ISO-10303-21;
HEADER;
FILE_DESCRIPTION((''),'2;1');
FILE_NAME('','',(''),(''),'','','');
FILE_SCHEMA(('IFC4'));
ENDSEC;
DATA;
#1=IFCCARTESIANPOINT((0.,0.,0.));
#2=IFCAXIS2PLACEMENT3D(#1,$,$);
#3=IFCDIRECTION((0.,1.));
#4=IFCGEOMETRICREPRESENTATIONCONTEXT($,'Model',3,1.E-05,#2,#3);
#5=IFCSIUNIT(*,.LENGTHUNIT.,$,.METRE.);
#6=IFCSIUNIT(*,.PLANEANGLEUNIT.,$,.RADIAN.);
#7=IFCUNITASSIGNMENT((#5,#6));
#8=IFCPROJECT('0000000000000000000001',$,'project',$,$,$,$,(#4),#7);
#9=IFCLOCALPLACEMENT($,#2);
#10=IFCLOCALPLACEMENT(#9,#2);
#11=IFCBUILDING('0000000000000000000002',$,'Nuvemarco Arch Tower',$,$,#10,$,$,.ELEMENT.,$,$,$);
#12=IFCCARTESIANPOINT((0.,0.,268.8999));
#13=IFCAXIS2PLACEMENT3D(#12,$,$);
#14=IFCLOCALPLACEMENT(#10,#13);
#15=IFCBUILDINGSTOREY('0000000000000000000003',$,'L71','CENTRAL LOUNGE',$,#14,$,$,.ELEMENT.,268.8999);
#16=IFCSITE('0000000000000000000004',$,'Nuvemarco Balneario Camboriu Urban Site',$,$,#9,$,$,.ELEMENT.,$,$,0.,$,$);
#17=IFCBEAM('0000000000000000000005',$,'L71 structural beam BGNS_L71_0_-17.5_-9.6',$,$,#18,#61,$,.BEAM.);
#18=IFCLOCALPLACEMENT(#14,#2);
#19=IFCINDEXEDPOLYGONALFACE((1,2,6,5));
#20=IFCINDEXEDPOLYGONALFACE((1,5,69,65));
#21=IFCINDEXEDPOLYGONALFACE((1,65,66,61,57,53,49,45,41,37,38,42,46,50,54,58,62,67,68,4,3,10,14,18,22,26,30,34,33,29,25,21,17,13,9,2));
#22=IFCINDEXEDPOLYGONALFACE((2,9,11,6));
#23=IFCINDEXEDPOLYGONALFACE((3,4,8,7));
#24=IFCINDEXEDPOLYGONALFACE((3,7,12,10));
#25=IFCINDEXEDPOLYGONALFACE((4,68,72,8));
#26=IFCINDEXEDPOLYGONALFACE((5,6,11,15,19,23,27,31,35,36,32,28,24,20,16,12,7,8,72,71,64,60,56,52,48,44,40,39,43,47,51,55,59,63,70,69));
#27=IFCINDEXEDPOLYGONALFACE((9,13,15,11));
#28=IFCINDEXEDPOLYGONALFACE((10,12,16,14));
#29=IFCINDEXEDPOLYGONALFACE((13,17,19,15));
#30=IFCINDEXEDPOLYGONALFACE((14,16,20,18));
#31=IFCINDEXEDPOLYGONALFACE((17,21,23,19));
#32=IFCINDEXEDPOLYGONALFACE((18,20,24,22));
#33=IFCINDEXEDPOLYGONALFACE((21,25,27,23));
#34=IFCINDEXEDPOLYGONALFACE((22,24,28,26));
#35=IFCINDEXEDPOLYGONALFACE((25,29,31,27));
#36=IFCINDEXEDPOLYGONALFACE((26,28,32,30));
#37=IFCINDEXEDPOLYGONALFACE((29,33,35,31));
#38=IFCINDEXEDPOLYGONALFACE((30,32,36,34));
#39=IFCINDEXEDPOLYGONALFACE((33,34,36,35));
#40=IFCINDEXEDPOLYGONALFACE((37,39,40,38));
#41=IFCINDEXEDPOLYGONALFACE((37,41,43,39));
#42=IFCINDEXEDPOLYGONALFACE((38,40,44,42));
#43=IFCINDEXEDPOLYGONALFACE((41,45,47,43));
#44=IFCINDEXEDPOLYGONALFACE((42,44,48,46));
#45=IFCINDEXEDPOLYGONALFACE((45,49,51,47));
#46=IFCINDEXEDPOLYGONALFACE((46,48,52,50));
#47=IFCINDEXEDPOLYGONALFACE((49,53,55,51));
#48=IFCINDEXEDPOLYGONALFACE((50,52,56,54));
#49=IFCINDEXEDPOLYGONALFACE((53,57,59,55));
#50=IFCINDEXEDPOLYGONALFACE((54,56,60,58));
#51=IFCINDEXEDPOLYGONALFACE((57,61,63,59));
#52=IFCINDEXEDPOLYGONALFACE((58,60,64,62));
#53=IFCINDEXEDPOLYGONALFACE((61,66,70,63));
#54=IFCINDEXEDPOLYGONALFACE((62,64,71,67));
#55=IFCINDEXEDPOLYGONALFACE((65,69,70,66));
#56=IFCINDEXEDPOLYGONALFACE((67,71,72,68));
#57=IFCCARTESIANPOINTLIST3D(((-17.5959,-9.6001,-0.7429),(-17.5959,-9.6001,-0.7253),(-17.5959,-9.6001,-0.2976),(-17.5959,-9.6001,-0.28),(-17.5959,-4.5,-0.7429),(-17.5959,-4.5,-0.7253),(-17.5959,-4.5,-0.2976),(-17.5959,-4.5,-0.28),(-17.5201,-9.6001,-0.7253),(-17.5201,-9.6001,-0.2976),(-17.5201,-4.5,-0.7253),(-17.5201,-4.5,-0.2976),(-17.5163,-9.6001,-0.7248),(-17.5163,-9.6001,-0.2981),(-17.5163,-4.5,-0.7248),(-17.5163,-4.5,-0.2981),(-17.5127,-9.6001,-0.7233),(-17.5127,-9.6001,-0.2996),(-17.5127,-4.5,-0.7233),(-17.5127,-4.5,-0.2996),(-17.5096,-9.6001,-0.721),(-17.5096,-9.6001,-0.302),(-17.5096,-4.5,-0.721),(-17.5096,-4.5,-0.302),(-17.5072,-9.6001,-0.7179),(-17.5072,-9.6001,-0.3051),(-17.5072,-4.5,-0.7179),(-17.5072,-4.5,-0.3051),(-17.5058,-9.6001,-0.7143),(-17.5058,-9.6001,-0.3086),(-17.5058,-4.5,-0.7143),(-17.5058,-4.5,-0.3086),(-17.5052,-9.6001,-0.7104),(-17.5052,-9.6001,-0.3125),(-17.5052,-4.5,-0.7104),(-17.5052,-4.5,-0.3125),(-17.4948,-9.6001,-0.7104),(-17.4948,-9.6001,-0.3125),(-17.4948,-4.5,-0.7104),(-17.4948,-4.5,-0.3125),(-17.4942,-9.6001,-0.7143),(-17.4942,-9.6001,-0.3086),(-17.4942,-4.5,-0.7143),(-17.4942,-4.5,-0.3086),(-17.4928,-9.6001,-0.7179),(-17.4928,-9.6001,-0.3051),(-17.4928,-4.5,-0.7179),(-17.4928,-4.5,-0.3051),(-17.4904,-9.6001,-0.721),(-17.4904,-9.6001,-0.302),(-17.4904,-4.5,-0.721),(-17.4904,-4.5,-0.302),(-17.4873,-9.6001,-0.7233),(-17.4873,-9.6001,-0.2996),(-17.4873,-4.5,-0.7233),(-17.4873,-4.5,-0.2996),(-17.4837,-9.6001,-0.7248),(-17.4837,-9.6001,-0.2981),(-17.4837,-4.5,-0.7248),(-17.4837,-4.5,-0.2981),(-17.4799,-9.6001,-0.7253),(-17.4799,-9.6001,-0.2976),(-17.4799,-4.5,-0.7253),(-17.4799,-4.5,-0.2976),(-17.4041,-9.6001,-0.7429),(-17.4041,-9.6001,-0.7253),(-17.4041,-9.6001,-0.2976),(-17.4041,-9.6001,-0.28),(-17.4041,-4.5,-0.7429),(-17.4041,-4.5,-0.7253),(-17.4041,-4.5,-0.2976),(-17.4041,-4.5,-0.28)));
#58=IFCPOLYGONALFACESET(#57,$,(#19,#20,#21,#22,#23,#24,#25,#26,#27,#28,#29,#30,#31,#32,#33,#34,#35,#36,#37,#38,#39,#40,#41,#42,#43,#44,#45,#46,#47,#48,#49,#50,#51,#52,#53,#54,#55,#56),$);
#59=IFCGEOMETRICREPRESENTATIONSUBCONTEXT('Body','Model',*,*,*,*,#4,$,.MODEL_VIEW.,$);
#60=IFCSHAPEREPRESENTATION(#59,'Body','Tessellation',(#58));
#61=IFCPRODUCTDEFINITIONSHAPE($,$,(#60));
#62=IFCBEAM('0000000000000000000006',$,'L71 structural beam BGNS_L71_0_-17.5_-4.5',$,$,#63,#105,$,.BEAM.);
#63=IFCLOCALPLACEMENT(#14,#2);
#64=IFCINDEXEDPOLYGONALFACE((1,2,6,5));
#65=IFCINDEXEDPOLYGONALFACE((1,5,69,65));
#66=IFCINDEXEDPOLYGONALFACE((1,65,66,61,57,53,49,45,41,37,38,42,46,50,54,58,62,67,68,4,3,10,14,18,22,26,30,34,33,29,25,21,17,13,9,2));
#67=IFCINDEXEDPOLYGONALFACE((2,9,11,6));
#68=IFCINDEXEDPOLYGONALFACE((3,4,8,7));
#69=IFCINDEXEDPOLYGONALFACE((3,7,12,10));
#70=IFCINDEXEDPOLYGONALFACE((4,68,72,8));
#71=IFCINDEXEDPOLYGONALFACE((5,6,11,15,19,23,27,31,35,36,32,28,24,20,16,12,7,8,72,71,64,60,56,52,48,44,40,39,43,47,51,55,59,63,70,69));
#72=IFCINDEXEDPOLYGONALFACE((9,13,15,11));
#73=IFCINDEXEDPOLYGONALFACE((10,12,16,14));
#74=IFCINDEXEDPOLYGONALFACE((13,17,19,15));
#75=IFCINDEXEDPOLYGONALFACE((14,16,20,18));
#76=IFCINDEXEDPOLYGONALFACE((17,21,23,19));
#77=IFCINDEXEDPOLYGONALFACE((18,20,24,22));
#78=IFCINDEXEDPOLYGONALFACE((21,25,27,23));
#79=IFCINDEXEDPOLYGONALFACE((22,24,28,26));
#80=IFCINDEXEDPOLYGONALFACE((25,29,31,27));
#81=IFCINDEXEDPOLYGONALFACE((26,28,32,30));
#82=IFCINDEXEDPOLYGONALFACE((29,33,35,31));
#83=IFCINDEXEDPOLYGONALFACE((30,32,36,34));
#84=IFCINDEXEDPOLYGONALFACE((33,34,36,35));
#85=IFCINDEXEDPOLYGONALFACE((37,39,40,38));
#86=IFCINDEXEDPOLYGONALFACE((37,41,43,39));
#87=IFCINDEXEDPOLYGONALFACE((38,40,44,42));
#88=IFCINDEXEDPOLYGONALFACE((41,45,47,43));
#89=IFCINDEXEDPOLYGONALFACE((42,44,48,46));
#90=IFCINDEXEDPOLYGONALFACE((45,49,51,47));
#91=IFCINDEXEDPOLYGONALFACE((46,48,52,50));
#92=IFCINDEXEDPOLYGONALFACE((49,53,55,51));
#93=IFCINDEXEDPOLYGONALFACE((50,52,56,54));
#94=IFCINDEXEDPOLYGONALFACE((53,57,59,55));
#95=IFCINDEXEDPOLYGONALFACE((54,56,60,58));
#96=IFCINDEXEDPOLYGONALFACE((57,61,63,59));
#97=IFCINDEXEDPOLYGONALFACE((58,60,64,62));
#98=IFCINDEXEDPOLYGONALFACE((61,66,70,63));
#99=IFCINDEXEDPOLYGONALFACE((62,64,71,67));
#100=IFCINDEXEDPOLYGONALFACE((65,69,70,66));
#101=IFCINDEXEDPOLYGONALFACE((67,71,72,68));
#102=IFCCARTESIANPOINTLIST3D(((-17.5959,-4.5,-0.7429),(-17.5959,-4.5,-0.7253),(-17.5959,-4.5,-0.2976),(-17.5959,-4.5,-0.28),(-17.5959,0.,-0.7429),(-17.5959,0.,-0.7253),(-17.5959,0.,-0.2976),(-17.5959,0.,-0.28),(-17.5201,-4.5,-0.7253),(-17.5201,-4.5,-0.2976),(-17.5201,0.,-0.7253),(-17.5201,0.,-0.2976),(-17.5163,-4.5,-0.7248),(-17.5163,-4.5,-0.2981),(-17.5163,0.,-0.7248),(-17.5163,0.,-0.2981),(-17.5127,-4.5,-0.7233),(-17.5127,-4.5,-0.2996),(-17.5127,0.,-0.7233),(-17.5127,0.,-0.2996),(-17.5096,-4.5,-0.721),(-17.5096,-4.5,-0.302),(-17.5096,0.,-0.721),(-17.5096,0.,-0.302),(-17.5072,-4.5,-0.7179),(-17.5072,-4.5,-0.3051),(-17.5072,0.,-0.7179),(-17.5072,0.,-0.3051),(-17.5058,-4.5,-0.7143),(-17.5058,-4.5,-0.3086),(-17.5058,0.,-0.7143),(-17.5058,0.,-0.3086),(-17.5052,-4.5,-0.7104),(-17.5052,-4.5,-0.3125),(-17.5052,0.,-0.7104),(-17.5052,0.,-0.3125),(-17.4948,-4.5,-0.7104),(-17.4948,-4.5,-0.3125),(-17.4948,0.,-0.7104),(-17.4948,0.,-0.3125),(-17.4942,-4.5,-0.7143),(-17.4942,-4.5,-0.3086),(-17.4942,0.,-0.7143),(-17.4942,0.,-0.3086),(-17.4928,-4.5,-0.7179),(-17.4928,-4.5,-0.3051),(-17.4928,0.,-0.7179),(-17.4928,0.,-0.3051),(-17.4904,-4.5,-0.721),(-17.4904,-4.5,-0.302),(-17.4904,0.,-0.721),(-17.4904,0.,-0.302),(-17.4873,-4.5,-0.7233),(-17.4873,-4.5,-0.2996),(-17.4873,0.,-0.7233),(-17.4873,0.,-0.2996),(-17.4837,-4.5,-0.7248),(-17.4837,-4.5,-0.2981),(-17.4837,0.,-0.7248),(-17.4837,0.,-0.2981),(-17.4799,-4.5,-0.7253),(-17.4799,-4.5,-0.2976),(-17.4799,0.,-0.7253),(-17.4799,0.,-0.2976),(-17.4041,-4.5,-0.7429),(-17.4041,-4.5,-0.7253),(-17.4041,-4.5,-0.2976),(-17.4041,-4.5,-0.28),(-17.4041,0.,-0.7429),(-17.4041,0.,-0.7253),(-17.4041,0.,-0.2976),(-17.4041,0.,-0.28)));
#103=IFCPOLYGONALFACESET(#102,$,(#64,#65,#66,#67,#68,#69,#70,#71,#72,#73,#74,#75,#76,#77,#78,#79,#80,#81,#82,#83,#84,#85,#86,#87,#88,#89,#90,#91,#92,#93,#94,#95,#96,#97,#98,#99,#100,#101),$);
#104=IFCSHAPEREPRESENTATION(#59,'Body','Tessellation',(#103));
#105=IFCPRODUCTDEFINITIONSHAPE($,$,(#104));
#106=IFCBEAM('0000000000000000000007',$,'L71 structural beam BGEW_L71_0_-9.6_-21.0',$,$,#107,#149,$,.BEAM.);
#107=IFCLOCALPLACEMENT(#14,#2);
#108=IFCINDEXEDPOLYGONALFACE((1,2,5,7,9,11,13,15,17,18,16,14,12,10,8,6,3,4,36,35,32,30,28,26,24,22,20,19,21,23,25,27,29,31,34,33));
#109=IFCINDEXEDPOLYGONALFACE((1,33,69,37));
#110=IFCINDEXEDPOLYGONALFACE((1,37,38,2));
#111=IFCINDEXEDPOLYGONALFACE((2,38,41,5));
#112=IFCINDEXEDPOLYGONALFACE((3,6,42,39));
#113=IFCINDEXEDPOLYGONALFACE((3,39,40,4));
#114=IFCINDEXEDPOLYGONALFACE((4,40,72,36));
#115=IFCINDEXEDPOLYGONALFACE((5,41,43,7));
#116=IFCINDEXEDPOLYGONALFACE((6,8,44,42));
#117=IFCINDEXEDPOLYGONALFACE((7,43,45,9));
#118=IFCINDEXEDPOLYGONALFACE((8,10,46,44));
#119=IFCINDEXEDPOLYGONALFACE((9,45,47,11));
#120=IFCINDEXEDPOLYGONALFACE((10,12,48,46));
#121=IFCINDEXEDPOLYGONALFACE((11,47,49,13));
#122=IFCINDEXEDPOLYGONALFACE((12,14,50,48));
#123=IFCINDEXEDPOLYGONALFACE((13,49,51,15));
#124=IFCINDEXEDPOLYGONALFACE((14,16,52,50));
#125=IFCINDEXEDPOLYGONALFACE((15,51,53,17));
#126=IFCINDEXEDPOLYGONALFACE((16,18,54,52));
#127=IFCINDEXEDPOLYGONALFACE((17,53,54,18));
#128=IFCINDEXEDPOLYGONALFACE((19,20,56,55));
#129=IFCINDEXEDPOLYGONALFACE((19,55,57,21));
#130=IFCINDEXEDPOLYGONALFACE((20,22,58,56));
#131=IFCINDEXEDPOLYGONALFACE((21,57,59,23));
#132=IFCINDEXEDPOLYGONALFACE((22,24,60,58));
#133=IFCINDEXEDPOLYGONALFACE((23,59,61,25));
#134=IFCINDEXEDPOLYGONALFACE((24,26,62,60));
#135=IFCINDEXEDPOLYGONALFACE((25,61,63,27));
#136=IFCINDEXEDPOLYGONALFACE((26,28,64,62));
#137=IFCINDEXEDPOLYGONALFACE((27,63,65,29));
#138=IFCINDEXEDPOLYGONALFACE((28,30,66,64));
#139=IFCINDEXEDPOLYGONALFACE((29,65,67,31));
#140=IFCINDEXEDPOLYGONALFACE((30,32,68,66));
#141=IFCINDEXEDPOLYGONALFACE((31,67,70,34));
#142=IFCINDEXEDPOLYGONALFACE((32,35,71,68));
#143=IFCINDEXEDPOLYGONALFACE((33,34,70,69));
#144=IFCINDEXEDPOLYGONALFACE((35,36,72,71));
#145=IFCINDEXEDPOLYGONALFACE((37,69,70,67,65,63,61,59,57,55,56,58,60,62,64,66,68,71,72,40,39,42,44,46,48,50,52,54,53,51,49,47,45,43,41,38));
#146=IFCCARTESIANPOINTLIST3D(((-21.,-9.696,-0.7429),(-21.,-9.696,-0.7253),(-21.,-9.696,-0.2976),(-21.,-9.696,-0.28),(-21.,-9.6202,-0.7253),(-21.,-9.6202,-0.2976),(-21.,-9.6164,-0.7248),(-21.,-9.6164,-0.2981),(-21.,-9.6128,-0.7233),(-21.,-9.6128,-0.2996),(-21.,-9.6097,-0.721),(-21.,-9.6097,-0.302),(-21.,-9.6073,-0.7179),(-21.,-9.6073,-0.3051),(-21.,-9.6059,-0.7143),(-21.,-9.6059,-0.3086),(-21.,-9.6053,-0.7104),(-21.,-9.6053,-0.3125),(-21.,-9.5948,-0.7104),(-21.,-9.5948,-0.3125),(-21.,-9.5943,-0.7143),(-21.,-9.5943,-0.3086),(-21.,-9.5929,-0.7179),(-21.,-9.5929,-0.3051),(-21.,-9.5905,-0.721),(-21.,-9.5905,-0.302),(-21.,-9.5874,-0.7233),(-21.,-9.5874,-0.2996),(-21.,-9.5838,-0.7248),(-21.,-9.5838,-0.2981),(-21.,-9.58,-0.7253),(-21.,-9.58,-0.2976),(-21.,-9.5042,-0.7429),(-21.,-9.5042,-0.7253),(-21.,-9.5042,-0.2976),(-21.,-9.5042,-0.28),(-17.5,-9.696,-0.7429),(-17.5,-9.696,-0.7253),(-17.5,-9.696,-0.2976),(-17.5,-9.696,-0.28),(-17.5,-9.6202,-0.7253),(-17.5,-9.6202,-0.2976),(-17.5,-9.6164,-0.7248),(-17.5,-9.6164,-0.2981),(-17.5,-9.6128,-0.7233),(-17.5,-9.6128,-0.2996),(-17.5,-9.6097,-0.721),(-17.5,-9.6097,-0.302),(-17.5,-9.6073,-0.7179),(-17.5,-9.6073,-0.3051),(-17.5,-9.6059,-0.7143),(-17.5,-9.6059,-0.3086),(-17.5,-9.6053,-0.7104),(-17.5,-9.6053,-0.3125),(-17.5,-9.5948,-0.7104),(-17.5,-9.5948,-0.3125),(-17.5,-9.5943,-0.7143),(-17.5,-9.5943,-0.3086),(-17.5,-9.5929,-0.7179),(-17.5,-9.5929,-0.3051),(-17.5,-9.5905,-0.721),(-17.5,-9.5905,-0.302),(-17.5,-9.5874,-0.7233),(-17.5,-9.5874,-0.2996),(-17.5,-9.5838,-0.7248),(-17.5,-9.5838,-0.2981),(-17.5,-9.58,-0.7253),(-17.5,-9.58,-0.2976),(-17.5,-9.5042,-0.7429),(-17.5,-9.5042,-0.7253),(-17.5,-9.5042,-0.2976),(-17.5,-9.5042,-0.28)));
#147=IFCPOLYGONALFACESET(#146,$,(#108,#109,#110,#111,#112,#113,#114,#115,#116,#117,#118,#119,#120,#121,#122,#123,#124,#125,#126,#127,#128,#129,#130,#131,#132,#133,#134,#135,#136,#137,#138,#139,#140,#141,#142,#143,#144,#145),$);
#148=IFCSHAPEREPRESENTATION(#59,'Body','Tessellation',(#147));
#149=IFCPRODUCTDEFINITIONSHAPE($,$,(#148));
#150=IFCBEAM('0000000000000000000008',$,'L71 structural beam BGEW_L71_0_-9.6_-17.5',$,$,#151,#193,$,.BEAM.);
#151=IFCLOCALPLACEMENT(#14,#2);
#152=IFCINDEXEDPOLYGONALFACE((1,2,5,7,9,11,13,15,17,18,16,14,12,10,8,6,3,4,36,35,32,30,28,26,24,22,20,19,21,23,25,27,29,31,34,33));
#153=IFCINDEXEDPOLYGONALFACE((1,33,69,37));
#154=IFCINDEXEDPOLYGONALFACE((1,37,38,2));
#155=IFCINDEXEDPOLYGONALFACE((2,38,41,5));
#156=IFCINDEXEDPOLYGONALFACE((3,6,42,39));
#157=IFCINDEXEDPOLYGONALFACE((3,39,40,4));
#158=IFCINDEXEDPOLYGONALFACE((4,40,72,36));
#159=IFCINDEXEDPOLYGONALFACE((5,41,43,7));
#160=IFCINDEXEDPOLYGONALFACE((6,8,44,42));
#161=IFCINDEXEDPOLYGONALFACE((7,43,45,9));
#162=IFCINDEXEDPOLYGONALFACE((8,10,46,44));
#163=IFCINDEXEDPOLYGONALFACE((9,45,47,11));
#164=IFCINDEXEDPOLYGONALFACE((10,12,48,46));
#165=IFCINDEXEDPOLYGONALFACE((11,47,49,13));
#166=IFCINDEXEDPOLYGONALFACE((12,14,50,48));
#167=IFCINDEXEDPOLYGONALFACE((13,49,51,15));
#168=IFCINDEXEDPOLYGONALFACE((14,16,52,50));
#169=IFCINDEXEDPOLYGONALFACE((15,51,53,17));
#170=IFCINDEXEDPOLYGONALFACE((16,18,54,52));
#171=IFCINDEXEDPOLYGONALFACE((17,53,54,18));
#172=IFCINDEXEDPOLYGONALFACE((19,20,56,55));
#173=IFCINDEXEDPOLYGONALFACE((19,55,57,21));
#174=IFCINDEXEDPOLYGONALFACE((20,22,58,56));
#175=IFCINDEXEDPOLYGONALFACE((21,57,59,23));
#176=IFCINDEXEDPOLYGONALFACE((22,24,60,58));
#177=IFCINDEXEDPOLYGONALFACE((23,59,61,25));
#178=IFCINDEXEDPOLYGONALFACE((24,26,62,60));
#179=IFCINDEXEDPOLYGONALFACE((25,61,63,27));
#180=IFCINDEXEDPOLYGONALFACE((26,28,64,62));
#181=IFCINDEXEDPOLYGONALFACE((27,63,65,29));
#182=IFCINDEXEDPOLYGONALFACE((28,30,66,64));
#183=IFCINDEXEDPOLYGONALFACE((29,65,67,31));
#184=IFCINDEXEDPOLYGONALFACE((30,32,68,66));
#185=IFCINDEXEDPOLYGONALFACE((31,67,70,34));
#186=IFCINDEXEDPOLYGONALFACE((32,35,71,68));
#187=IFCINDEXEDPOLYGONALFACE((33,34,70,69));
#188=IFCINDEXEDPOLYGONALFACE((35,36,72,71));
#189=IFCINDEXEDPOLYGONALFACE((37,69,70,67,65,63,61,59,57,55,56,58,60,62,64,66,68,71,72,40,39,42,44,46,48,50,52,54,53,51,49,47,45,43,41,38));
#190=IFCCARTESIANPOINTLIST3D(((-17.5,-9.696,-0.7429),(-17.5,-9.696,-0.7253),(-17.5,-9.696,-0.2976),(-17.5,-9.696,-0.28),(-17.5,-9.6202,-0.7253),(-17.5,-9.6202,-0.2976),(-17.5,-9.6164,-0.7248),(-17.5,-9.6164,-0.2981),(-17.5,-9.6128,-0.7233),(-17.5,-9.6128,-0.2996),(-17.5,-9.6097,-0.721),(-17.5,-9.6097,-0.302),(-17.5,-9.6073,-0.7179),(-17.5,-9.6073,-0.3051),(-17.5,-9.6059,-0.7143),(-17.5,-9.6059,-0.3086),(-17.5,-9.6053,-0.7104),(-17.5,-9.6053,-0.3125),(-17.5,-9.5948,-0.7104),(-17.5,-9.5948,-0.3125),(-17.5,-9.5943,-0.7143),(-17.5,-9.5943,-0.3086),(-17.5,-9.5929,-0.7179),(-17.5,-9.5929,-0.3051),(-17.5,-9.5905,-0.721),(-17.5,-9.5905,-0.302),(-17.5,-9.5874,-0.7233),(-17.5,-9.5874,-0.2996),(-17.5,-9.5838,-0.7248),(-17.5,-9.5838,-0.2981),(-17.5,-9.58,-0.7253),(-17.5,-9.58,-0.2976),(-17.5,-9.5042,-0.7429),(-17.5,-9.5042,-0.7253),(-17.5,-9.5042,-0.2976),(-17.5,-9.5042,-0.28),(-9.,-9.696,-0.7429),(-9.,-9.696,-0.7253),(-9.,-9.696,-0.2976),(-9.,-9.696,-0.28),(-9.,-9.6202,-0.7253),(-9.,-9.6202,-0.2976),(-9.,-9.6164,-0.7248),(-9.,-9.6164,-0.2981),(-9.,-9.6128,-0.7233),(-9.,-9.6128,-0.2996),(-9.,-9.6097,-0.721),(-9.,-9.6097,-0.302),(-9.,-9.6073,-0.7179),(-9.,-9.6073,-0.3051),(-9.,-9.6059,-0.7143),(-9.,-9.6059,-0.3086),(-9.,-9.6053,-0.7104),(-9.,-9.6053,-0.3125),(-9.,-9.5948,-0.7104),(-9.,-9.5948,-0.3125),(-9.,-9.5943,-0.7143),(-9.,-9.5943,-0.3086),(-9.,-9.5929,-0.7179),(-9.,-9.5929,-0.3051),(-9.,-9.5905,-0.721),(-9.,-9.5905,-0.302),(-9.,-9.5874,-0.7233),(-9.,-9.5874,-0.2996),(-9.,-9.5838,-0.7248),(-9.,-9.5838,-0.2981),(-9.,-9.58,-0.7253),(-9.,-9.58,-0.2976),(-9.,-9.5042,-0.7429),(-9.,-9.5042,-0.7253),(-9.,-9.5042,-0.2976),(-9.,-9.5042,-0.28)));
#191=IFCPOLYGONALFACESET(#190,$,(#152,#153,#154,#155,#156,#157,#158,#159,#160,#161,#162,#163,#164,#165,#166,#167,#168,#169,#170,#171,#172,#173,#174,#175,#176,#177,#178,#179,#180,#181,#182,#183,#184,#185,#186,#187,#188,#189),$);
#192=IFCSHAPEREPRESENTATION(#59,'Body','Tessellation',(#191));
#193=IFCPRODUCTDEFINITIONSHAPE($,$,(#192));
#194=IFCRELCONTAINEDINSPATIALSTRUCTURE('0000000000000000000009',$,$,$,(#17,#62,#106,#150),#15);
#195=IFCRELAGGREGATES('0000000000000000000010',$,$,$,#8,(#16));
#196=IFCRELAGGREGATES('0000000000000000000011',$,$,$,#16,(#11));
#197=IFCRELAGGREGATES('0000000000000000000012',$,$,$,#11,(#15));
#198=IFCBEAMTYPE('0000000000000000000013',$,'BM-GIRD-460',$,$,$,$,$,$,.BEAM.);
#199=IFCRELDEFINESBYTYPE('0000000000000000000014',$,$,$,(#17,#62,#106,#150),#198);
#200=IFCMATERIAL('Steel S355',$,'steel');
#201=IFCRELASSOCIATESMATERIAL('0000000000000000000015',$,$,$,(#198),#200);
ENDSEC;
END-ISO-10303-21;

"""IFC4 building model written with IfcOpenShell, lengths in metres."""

from ifc_helpers import new_model, si_unit, direction, frame, origin, origin_2d, place, context, subcontext, project, spatial, i_section, extrude, material, material_profile, profile_set, type_object, element, save


model = new_model("IFC4")

# Units and contexts
model_context = context("Model", 3, precision=1e-05, world=origin(), true_north=direction((0.0, 1.0)))
body_context = subcontext(model_context, "Body", "Model", "MODEL_VIEW")
ifc_project = project(units=[si_unit("LENGTHUNIT", "METRE"), si_unit("PLANEANGLEUNIT", "RADIAN")], contexts=[model_context])

# Site, building, storey
site_placement = place(None, origin())
site = spatial("IfcSite", under=ifc_project, at=site_placement, Name="Nuvemarco Balneario Camboriu Urban Site", CompositionType="ELEMENT", RefElevation=0.0)
building_placement = place(site_placement, origin())
building = spatial("IfcBuilding", under=site, at=building_placement, Name="Nuvemarco Arch Tower", CompositionType="ELEMENT")
storey_placement = place(building_placement, frame((0.0, 0.0, 268.8999)))
storey = spatial("IfcBuildingStorey", under=building, at=storey_placement, Name="L71", Description="CENTRAL LOUNGE", CompositionType="ELEMENT", Elevation=268.8999)

# Shared definitions
ifc_material_1 = material(Name="Steel S355", Category="steel")

# Beams
ifc_material_profile_1 = material_profile(ifc_material_1, i_section(OverallWidth=0.1919, OverallDepth=0.4629, WebThickness=0.0105, FlangeThickness=0.0176, FilletRadius=0.0149, at=origin_2d()), Name="W460x89")
ifc_profile_set_1 = profile_set([ifc_material_profile_1], Name="Steel S355")
beam_type_1 = type_object("IfcBeamType", Name="BM-GIRD-460", PredefinedType="BEAM", material=ifc_profile_set_1)
beam_1_placement = place(storey_placement, frame((-17.5, -9.6001, -0.5115), z_axis=(0.0, 1.0, 0.0), x_axis=(-1.0, 0.0, 0.0)))
element("IfcBeam", 1, at=beam_1_placement, inside=storey, type_object=beam_type_1, Name="L71 structural beam BGNS_L71_0_-17.5_-9.6", PredefinedType="BEAM", context=body_context, shape_type="SweptSolid", body=[
    extrude(i_section(OverallWidth=0.1919, OverallDepth=0.4629, WebThickness=0.0105, FlangeThickness=0.0176, FilletRadius=0.0149, at=origin_2d()), origin(), (0.0, 0.0, 1.0), 5.1001),
])
beam_2_placement = place(storey_placement, frame((-17.5, -4.5, -0.5115), z_axis=(0.0, 1.0, 0.0), x_axis=(-1.0, 0.0, 0.0)))
element("IfcBeam", 2, at=beam_2_placement, inside=storey, type_object=beam_type_1, Name="L71 structural beam BGNS_L71_0_-17.5_-4.5", PredefinedType="BEAM", context=body_context, shape_type="SweptSolid", body=[
    extrude(i_section(OverallWidth=0.1919, OverallDepth=0.4629, WebThickness=0.0105, FlangeThickness=0.0176, FilletRadius=0.0149, at=origin_2d()), origin(), (0.0, 0.0, 1.0), 4.5),
])
beam_3_placement = place(storey_placement, frame((-21.0, -9.6001, -0.5115), z_axis=(1.0, 0.0, 0.0), x_axis=(0.0, 1.0, 0.0)))
element("IfcBeam", 3, at=beam_3_placement, inside=storey, type_object=beam_type_1, Name="L71 structural beam BGEW_L71_0_-9.6_-21.0", PredefinedType="BEAM", context=body_context, shape_type="SweptSolid", body=[
    extrude(i_section(OverallWidth=0.1919, OverallDepth=0.4629, WebThickness=0.0105, FlangeThickness=0.0176, FilletRadius=0.0149, at=origin_2d()), origin(), (0.0, 0.0, 1.0), 3.5),
])
beam_4_placement = place(storey_placement, frame((-17.5, -9.6001, -0.5115), z_axis=(1.0, 0.0, 0.0), x_axis=(0.0, 1.0, 0.0)))
element("IfcBeam", 4, at=beam_4_placement, inside=storey, type_object=beam_type_1, Name="L71 structural beam BGEW_L71_0_-9.6_-17.5", PredefinedType="BEAM", context=body_context, shape_type="SweptSolid", body=[
    extrude(i_section(OverallWidth=0.1919, OverallDepth=0.4629, WebThickness=0.0105, FlangeThickness=0.0176, FilletRadius=0.0149, at=origin_2d()), origin(), (0.0, 0.0, 1.0), 8.5),
])

save(model, "model.ifc")
